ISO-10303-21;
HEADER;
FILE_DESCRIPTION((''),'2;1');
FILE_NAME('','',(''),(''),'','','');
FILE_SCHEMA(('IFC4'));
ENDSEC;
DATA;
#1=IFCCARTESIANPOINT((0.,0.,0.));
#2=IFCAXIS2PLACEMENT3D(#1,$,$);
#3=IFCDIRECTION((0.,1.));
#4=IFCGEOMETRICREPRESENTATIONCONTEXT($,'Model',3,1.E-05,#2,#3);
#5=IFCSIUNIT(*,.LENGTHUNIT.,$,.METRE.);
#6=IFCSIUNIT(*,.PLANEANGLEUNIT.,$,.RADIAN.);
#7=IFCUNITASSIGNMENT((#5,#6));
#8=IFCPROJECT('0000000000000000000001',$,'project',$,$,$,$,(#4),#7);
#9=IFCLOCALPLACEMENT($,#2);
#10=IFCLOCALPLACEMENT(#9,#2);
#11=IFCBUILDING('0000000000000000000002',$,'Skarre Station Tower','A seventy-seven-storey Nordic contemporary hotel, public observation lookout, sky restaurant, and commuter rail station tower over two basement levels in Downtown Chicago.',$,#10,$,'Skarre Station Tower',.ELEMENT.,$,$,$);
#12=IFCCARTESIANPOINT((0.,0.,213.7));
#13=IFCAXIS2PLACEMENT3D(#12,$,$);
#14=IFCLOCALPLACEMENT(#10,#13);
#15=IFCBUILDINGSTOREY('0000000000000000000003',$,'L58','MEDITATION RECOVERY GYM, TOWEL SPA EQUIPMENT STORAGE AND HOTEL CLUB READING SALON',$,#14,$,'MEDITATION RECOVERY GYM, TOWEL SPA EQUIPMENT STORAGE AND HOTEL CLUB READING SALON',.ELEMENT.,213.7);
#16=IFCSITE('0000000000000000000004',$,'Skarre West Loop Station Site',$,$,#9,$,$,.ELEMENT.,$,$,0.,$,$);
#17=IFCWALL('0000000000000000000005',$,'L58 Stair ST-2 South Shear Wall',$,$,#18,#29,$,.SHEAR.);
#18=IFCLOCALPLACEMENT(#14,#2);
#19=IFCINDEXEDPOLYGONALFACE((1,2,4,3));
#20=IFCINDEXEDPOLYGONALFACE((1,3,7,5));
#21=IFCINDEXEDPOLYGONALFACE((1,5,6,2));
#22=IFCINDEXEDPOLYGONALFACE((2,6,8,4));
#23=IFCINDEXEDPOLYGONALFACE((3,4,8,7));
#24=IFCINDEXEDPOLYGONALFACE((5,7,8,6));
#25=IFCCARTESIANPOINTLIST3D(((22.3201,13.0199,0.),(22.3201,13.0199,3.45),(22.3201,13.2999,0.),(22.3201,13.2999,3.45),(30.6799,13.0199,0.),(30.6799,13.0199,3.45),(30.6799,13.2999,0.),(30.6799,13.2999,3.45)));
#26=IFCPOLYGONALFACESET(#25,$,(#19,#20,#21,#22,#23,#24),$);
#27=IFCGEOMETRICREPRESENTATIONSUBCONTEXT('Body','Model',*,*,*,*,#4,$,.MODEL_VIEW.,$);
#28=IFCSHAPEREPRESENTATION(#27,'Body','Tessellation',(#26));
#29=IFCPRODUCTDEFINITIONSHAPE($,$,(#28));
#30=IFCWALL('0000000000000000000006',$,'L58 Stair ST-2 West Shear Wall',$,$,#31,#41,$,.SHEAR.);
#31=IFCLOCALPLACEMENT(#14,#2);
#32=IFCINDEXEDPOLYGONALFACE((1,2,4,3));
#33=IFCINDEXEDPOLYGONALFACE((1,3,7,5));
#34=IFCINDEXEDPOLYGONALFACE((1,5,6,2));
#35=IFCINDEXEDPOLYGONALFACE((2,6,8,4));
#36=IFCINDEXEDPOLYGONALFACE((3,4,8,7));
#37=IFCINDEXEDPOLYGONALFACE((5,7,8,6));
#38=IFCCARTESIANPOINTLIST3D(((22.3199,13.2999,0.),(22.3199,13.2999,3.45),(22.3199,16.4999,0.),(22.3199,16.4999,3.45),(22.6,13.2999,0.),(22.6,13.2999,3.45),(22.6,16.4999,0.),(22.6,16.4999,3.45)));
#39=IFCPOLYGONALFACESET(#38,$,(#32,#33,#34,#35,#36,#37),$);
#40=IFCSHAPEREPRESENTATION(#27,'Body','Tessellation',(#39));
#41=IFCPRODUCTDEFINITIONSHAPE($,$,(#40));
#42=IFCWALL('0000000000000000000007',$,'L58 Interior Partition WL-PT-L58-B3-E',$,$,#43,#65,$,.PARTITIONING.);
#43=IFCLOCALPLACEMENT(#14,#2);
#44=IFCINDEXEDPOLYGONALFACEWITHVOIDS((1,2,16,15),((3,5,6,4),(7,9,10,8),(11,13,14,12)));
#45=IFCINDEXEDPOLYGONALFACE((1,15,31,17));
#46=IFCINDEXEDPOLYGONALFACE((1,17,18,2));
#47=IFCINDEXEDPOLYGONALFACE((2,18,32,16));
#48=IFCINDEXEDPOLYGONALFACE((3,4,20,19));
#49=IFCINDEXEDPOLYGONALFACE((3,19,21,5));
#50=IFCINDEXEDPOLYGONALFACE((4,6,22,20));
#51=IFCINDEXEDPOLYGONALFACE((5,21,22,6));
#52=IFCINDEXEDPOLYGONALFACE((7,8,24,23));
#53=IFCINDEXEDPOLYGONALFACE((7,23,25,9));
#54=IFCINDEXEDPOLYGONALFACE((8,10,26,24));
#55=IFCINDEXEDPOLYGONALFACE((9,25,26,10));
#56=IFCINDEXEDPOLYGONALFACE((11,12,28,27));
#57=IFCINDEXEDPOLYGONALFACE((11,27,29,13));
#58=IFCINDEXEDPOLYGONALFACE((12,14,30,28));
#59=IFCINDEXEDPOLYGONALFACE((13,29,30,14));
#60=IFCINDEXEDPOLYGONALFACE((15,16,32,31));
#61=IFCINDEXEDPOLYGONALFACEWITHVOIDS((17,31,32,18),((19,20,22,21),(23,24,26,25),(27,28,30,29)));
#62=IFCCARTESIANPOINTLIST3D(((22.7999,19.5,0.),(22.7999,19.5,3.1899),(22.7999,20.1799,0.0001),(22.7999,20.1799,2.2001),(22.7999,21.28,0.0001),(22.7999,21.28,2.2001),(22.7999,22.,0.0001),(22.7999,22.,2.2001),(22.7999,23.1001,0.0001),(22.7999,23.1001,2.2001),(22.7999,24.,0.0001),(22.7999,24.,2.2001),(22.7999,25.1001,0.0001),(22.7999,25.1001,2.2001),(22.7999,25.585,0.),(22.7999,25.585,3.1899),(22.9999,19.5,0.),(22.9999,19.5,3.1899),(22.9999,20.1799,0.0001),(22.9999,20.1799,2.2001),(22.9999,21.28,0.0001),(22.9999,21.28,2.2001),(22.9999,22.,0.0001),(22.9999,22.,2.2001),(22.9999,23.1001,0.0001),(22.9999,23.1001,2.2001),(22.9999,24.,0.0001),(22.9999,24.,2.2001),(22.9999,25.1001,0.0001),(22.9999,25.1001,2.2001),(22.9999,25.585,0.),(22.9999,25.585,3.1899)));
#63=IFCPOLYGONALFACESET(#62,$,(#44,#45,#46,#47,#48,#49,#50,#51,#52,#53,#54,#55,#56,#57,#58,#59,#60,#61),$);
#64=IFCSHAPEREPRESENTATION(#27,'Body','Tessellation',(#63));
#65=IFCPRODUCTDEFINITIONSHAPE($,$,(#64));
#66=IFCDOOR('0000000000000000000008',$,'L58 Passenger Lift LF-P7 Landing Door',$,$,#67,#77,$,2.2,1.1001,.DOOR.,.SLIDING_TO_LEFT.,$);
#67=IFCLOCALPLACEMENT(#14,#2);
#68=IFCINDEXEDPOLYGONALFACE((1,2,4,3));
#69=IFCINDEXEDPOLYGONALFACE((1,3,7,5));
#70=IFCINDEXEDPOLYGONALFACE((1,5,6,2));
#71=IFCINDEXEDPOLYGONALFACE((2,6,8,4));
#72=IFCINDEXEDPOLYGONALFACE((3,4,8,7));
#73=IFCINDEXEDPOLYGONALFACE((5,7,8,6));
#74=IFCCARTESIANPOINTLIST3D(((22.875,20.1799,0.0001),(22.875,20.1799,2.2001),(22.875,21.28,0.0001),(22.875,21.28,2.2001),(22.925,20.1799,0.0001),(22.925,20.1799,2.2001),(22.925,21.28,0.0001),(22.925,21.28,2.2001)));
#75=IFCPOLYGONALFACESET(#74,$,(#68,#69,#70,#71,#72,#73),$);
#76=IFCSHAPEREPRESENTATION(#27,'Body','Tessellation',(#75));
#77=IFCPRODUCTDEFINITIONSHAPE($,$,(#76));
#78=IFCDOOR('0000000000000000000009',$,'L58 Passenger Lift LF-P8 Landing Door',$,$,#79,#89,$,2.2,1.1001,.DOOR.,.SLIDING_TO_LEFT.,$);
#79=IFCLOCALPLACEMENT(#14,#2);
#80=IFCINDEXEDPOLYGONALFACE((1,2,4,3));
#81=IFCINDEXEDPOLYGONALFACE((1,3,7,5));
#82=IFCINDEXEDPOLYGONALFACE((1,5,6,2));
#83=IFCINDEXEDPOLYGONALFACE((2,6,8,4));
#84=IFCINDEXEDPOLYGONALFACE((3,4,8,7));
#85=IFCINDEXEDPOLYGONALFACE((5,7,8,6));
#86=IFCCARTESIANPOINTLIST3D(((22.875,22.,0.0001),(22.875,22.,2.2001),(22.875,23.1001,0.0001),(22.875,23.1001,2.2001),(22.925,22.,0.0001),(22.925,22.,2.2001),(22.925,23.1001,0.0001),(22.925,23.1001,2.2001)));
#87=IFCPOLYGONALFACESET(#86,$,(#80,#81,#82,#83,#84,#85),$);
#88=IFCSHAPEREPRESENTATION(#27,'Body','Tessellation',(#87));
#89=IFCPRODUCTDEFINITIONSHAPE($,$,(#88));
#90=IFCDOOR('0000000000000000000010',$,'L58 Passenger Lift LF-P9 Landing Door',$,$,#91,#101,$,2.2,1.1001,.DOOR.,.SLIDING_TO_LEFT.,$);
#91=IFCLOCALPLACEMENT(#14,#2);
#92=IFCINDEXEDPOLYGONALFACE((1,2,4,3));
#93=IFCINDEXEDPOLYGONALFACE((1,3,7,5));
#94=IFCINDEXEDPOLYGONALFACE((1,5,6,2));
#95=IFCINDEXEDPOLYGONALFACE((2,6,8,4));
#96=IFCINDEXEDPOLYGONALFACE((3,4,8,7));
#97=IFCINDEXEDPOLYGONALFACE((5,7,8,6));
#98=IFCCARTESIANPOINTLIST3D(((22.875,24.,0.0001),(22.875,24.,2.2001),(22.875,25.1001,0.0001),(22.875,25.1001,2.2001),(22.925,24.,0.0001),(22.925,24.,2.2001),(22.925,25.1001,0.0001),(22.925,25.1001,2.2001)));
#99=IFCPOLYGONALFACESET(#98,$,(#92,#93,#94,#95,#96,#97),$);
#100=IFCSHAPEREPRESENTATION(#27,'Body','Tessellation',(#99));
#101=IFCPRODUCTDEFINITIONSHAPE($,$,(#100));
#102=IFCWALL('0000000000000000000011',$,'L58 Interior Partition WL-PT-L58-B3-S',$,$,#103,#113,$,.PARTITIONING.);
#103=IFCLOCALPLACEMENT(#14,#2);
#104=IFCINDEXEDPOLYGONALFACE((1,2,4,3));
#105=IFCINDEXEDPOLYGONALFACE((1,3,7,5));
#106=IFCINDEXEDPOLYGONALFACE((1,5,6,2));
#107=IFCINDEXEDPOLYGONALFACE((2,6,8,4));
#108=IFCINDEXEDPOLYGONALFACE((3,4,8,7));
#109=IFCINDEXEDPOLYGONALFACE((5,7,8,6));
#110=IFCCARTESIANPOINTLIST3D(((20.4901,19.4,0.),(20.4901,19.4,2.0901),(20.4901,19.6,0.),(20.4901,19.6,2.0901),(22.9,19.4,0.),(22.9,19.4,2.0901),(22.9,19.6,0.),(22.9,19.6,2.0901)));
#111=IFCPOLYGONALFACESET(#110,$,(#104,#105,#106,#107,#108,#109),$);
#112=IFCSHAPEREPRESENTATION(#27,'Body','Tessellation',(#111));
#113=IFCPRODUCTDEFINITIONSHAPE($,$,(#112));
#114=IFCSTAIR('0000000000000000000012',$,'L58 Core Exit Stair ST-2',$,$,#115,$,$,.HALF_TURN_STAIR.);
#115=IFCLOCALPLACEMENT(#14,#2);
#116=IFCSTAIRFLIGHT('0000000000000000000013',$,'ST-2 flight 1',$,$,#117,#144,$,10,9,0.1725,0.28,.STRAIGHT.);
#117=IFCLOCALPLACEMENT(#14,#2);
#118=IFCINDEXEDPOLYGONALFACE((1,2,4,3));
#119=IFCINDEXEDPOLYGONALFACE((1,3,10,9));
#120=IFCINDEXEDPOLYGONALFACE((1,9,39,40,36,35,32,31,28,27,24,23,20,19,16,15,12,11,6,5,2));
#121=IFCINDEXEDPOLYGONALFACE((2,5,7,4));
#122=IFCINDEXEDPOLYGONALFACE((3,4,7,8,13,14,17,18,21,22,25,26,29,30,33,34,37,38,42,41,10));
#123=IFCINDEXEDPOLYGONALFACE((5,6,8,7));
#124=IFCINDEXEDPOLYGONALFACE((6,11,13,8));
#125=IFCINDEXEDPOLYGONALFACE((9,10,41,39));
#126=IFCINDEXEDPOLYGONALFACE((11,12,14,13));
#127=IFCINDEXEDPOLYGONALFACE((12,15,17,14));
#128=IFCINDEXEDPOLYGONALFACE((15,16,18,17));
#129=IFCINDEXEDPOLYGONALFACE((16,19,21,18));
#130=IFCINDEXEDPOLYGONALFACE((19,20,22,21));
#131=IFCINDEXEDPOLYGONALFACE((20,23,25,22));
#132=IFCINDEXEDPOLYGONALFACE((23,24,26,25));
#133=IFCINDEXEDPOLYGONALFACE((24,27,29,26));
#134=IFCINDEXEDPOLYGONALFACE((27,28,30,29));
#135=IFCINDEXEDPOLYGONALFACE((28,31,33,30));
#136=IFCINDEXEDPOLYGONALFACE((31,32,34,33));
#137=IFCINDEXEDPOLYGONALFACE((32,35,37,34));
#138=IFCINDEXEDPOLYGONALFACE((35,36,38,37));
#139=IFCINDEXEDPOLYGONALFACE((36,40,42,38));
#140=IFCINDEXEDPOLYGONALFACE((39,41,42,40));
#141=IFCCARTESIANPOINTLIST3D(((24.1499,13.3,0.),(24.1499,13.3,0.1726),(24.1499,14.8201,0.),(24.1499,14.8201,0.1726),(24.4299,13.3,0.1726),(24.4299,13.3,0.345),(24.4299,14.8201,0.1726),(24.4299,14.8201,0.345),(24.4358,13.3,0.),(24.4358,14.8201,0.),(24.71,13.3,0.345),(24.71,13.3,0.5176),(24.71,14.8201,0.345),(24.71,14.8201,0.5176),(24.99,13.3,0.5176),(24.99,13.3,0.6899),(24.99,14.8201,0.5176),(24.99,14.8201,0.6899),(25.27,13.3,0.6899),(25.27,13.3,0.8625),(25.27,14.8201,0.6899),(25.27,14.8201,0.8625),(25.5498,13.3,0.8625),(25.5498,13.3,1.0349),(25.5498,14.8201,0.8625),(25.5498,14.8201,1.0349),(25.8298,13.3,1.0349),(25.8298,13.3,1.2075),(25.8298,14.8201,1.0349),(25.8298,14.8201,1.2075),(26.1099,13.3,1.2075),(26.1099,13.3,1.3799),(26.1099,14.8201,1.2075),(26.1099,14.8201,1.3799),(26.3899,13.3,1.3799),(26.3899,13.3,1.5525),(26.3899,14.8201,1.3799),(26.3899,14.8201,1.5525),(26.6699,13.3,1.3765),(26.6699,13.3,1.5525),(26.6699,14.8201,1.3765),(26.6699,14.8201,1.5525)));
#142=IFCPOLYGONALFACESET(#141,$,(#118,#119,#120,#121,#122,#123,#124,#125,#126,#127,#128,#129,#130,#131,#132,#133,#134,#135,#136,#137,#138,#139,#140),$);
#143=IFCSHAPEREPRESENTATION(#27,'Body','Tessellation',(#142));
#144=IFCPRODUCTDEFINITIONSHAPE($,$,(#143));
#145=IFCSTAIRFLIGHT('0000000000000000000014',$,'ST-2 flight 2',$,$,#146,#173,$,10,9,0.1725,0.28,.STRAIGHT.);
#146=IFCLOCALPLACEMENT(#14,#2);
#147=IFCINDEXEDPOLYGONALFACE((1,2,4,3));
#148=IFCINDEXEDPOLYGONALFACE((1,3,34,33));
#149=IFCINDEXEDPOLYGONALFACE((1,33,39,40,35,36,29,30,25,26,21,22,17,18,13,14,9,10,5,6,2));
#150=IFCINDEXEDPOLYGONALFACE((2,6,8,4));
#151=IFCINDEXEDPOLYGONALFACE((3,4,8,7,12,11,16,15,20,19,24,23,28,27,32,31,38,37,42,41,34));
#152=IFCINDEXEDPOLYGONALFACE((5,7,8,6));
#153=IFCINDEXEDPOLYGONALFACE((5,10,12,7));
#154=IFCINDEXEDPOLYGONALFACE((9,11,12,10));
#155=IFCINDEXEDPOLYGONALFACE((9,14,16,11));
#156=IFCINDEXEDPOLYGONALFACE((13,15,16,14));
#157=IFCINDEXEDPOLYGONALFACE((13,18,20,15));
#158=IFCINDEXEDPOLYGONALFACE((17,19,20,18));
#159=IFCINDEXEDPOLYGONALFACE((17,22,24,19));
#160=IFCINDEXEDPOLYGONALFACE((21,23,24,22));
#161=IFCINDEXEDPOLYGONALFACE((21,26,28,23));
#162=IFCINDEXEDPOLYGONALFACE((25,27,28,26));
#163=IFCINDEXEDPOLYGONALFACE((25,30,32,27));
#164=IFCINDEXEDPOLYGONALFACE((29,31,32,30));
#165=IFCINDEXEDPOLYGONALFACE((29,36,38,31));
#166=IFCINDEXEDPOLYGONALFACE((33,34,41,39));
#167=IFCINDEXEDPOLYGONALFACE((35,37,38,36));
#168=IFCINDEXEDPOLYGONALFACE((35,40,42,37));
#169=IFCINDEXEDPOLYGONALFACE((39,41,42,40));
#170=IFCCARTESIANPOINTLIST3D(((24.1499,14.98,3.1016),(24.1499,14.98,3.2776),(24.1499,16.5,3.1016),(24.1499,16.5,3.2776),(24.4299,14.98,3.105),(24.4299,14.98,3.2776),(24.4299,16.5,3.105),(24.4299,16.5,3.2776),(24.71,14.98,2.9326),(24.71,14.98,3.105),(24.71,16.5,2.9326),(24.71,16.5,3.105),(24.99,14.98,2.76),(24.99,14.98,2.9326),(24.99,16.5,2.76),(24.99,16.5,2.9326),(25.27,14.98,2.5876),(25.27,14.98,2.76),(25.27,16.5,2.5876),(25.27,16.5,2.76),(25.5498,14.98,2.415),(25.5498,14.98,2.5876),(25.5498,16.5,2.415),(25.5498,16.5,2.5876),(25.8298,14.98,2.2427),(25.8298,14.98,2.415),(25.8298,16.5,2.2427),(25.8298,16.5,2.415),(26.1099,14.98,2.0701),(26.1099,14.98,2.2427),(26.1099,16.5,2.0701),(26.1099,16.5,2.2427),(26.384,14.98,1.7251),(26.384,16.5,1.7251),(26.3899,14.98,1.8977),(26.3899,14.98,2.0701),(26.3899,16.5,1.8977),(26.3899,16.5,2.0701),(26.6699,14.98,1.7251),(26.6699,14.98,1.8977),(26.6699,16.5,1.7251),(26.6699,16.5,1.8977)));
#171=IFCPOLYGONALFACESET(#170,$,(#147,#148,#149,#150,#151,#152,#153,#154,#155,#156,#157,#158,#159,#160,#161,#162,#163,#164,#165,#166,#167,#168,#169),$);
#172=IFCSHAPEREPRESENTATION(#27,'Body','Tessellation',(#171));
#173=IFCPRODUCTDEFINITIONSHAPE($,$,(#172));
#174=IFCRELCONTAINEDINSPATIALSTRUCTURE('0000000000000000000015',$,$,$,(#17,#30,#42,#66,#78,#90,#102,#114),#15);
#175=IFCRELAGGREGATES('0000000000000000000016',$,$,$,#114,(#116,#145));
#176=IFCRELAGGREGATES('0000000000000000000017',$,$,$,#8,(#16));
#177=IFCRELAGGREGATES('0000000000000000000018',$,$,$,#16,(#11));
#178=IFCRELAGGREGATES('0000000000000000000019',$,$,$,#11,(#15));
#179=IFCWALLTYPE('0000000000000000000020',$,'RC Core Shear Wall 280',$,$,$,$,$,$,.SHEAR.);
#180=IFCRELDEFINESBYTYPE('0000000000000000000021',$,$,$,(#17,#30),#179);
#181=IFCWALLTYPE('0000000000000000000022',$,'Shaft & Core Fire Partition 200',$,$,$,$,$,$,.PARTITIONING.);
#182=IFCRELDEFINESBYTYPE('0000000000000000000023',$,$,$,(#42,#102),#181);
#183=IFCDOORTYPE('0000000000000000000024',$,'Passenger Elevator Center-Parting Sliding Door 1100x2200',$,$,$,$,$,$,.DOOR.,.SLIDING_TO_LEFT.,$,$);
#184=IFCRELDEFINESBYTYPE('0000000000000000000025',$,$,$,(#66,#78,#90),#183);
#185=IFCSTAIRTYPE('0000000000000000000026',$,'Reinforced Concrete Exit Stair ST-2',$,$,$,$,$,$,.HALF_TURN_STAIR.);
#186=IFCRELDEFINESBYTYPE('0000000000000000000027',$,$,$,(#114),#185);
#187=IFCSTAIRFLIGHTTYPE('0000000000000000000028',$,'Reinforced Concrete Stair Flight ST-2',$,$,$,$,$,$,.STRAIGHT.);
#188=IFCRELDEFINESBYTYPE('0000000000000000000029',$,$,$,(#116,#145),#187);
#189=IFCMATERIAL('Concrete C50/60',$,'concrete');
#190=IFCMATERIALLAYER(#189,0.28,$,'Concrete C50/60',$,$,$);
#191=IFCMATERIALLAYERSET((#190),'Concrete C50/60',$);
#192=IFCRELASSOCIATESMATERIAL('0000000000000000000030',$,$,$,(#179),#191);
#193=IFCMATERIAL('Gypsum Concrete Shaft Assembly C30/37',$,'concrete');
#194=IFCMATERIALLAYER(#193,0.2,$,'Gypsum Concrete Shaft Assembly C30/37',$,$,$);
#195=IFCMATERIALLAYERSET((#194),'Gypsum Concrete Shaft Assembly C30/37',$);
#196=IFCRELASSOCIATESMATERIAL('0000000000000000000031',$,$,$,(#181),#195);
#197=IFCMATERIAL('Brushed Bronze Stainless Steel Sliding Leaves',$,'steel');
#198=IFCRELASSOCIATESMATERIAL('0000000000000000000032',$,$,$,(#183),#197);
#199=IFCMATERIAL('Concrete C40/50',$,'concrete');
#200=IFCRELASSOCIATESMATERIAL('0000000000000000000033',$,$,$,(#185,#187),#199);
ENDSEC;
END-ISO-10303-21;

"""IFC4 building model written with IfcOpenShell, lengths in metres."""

from ifc_helpers import new_model, si_unit, direction, frame, frame_2d, origin, place, context, subcontext, project, spatial, polyline, rectangle, outline, extrude, material, layer, layer_set, type_object, element, fill, aggregate, save


model = new_model("IFC4")

# Units and contexts
model_context = context("Model", 3, precision=1e-05, world=origin(), true_north=direction((0.0, 1.0)))
body_context = subcontext(model_context, "Body", "Model", "MODEL_VIEW")
ifc_project = project(units=[si_unit("LENGTHUNIT", "METRE"), si_unit("PLANEANGLEUNIT", "RADIAN")], contexts=[model_context])

# Site, building, storey
site_placement = place(None, origin())
site = spatial("IfcSite", under=ifc_project, at=site_placement, Name="Skarre West Loop Station Site", CompositionType="ELEMENT", RefElevation=0.0)
building_placement = place(site_placement, origin())
building = spatial("IfcBuilding", under=site, at=building_placement, Name="Skarre Station Tower", Description="A seventy-seven-storey Nordic contemporary hotel, public observation lookout, sky restaurant, and commuter rail station tower over two basement levels in Downtown Chicago.", LongName="Skarre Station Tower", CompositionType="ELEMENT")
storey_placement = place(building_placement, frame((0.0, 0.0, 213.7)))
storey = spatial("IfcBuildingStorey", under=building, at=storey_placement, Name="L58", Description="MEDITATION RECOVERY GYM, TOWEL SPA EQUIPMENT STORAGE AND HOTEL CLUB READING SALON", LongName="MEDITATION RECOVERY GYM, TOWEL SPA EQUIPMENT STORAGE AND HOTEL CLUB READING SALON", CompositionType="ELEMENT", Elevation=213.7)

# Shared definitions
ifc_material_1 = material(Name="Concrete C50/60", Category="concrete")

# Shared definitions
ifc_layer_1 = layer(ifc_material_1, 0.28, Name="Concrete C50/60")
ifc_layer_set_1 = layer_set([ifc_layer_1], Name="Concrete C50/60")
wall_type_1 = type_object("IfcWallType", Name="RC Core Shear Wall 280", PredefinedType="SHEAR", material=ifc_layer_set_1)

# Walls
wall_1_placement = place(storey_placement, frame((22.3201, 13.1599, 0.0), z_axis=(0.0, 0.0, 1.0), x_axis=(1.0, 0.0, 0.0)))
element("IfcWall", 1, at=wall_1_placement, inside=storey, type_object=wall_type_1, Name="L58 Stair ST-2 South Shear Wall", PredefinedType="SHEAR", context=body_context, shape_type="SweptSolid", body=[
    extrude(rectangle(XDim=8.3599, YDim=0.28, at=frame_2d((4.1799, 0.0))), origin(), (0.0, 0.0, 1.0), 3.45),
])
wall_2_placement = place(storey_placement, frame((22.46, 16.5, 0.0), z_axis=(0.0, 0.0, 1.0), x_axis=(0.0, -1.0, 0.0)))
element("IfcWall", 2, at=wall_2_placement, inside=storey, type_object=wall_type_1, Name="L58 Stair ST-2 West Shear Wall", PredefinedType="SHEAR", context=body_context, shape_type="SweptSolid", body=[
    extrude(rectangle(XDim=3.2, YDim=0.28, at=frame_2d((1.6001, 0.0))), origin(), (0.0, 0.0, 1.0), 3.45),
])

# Wall, openings, doors
ifc_material_2 = material(Name="Gypsum Concrete Shaft Assembly C30/37", Category="concrete")
ifc_layer_2 = layer(ifc_material_2, 0.2, Name="Gypsum Concrete Shaft Assembly C30/37")
ifc_layer_set_2 = layer_set([ifc_layer_2], Name="Gypsum Concrete Shaft Assembly C30/37")
wall_type_2 = type_object("IfcWallType", Name="Shaft & Core Fire Partition 200", PredefinedType="PARTITIONING", material=ifc_layer_set_2)
wall_3_placement = place(storey_placement, frame((22.8999, 19.5, 0.0), z_axis=(0.0, 0.0, 1.0), x_axis=(0.0, 1.0, 0.0)))
wall_3 = element("IfcWall", 3, at=wall_3_placement, inside=storey, type_object=wall_type_2, Name="L58 Interior Partition WL-PT-L58-B3-E", PredefinedType="PARTITIONING", context=body_context, shape_type="SweptSolid", body=[
    extrude(rectangle(XDim=6.085, YDim=0.2, at=frame_2d((3.0425, 0.0))), origin(), (0.0, 0.0, 1.0), 3.1899),
])
opening_1_placement = place(wall_3_placement, frame((0.6799, 0.0, 0.0)))
opening_1 = element("IfcOpeningElement", 4, at=opening_1_placement, cuts=wall_3, PredefinedType="OPENING", context=body_context, shape_type="SweptSolid", body=[
    extrude(rectangle(XDim=1.1001, YDim=2.2, at=frame_2d((0.55, 1.1001))), frame((0.0, 0.1099, 0.0), z_axis=(0.0, -1.0, 0.0), x_axis=(1.0, 0.0, 0.0)), (0.0, 0.0, 1.0), 0.22),
])
opening_2_placement = place(wall_3_placement, frame((2.5, 0.0, 0.0)))
opening_2 = element("IfcOpeningElement", 5, at=opening_2_placement, cuts=wall_3, PredefinedType="OPENING", context=body_context, shape_type="SweptSolid", body=[
    extrude(rectangle(XDim=1.1001, YDim=2.2, at=frame_2d((0.55, 1.1001))), frame((0.0, 0.1099, 0.0), z_axis=(0.0, -1.0, 0.0), x_axis=(1.0, 0.0, 0.0)), (0.0, 0.0, 1.0), 0.22),
])
opening_3_placement = place(wall_3_placement, frame((4.5, 0.0, 0.0)))
opening_3 = element("IfcOpeningElement", 6, at=opening_3_placement, cuts=wall_3, PredefinedType="OPENING", context=body_context, shape_type="SweptSolid", body=[
    extrude(rectangle(XDim=1.1001, YDim=2.2, at=frame_2d((0.55, 1.1001))), frame((0.0, 0.1099, 0.0), z_axis=(0.0, -1.0, 0.0), x_axis=(1.0, 0.0, 0.0)), (0.0, 0.0, 1.0), 0.22),
])
ifc_material_3 = material(Name="Brushed Bronze Stainless Steel Sliding Leaves", Category="steel")
door_type_1 = type_object("IfcDoorType", Name="Passenger Elevator Center-Parting Sliding Door 1100x2200", OperationType="SLIDING_TO_LEFT", PredefinedType="DOOR", material=ifc_material_3)
door_1_placement = place(opening_1_placement, origin())
door_1 = element("IfcDoor", 7, at=door_1_placement, inside=storey, type_object=door_type_1, Name="L58 Passenger Lift LF-P7 Landing Door", OperationType="SLIDING_TO_LEFT", OverallHeight=2.2, OverallWidth=1.1001, PredefinedType="DOOR", context=body_context, shape_type="SweptSolid", body=[
    extrude(rectangle(XDim=1.1001, YDim=2.2, at=frame_2d((0.55, 1.1001))), frame((0.0, 0.0249, 0.0), z_axis=(0.0, -1.0, 0.0), x_axis=(1.0, 0.0, 0.0)), (0.0, 0.0, 1.0), 0.05),
])
fill(opening_1, door_1)
door_2_placement = place(opening_2_placement, origin())
door_2 = element("IfcDoor", 8, at=door_2_placement, inside=storey, type_object=door_type_1, Name="L58 Passenger Lift LF-P8 Landing Door", OperationType="SLIDING_TO_LEFT", OverallHeight=2.2, OverallWidth=1.1001, PredefinedType="DOOR", context=body_context, shape_type="SweptSolid", body=[
    extrude(rectangle(XDim=1.1001, YDim=2.2, at=frame_2d((0.55, 1.1001))), frame((0.0, 0.0249, 0.0), z_axis=(0.0, -1.0, 0.0), x_axis=(1.0, 0.0, 0.0)), (0.0, 0.0, 1.0), 0.05),
])
fill(opening_2, door_2)
door_3_placement = place(opening_3_placement, origin())
door_3 = element("IfcDoor", 9, at=door_3_placement, inside=storey, type_object=door_type_1, Name="L58 Passenger Lift LF-P9 Landing Door", OperationType="SLIDING_TO_LEFT", OverallHeight=2.2, OverallWidth=1.1001, PredefinedType="DOOR", context=body_context, shape_type="SweptSolid", body=[
    extrude(rectangle(XDim=1.1001, YDim=2.2, at=frame_2d((0.55, 1.1001))), frame((0.0, 0.0249, 0.0), z_axis=(0.0, -1.0, 0.0), x_axis=(1.0, 0.0, 0.0)), (0.0, 0.0, 1.0), 0.05),
])
fill(opening_3, door_3)

# Wall
wall_4_placement = place(storey_placement, frame((20.49, 19.5, 0.0), z_axis=(0.0, 0.0, 1.0), x_axis=(1.0, 0.0, 0.0)))
element("IfcWall", 10, at=wall_4_placement, inside=storey, type_object=wall_type_2, Name="L58 Interior Partition WL-PT-L58-B3-S", PredefinedType="PARTITIONING", context=body_context, shape_type="SweptSolid", body=[
    extrude(rectangle(XDim=2.4099, YDim=0.2, at=frame_2d((1.2051, 0.0))), origin(), (0.0, 0.0, 1.0), 2.0901),
])

# Stair, stair flights
ifc_material_4 = material(Name="Concrete C40/50", Category="concrete")
stair_type = type_object("IfcStairType", Name="Reinforced Concrete Exit Stair ST-2", PredefinedType="HALF_TURN_STAIR", material=ifc_material_4)
stair_placement = place(storey_placement, origin())
stair = element("IfcStair", 11, at=stair_placement, inside=storey, type_object=stair_type, Name="L58 Core Exit Stair ST-2", PredefinedType="HALF_TURN_STAIR")
stair_flight_type = type_object("IfcStairFlightType", Name="Reinforced Concrete Stair Flight ST-2", PredefinedType="STRAIGHT", material=ifc_material_4)
stair_flight_1_placement = place(storey_placement, frame((24.1499, 14.0601, 0.0), z_axis=(0.0, 0.0, 1.0), x_axis=(1.0, 0.0, 0.0)))
stair_flight_1 = element("IfcStairFlight", 12, at=stair_flight_1_placement, type_object=stair_flight_type, Name="ST-2 flight 1", NumberOfRisers=10, NumberOfTreads=9, PredefinedType="STRAIGHT", RiserHeight=0.1725, TreadLength=0.28, context=body_context, shape_type="SweptSolid", body=[
    extrude(outline(polyline([(0.0, 0.0), (0.0, 0.1726), (0.28, 0.1726), (0.28, 0.345), (0.5601, 0.345), (0.5601, 0.5176), (0.8401, 0.5176), (0.8401, 0.6899), (1.1201, 0.6899), (1.1201, 0.8625), (1.3999, 0.8625), (1.3999, 1.0349), (1.6799, 1.0349), (1.6799, 1.2075), (1.96, 1.2075), (1.96, 1.3799), (2.24, 1.3799), (2.24, 1.5525), (2.52, 1.5525), (2.52, 1.7251), (2.52, 1.3765), (0.2859, 0.0), (0.0, 0.0)])), frame((0.0, 0.76, 0.0), z_axis=(0.0, -1.0, 0.0), x_axis=(1.0, 0.0, 0.0)), (0.0, 0.0, 1.0), 1.52),
])
stair_flight_2_placement = place(storey_placement, frame((26.6699, 15.74, 1.7251), z_axis=(0.0, 0.0, 1.0), x_axis=(-1.0, 0.0, 0.0)))
stair_flight_2 = element("IfcStairFlight", 13, at=stair_flight_2_placement, type_object=stair_flight_type, Name="ST-2 flight 2", NumberOfRisers=10, NumberOfTreads=9, PredefinedType="STRAIGHT", RiserHeight=0.1725, TreadLength=0.28, context=body_context, shape_type="SweptSolid", body=[
    extrude(outline(polyline([(0.0, 0.0), (0.0, 0.1726), (0.28, 0.1726), (0.28, 0.345), (0.5601, 0.345), (0.5601, 0.5176), (0.8401, 0.5176), (0.8401, 0.6899), (1.1201, 0.6899), (1.1201, 0.8625), (1.3999, 0.8625), (1.3999, 1.0349), (1.6799, 1.0349), (1.6799, 1.2075), (1.96, 1.2075), (1.96, 1.3799), (2.24, 1.3799), (2.24, 1.5525), (2.52, 1.5525), (2.52, 1.7251), (2.52, 1.3765), (0.2859, 0.0), (0.0, 0.0)])), frame((0.0, 0.76, 0.0), z_axis=(0.0, -1.0, 0.0), x_axis=(1.0, 0.0, 0.0)), (0.0, 0.0, 1.0), 1.52),
])
aggregate(stair, [stair_flight_1, stair_flight_2])

save(model, "model.ifc")
